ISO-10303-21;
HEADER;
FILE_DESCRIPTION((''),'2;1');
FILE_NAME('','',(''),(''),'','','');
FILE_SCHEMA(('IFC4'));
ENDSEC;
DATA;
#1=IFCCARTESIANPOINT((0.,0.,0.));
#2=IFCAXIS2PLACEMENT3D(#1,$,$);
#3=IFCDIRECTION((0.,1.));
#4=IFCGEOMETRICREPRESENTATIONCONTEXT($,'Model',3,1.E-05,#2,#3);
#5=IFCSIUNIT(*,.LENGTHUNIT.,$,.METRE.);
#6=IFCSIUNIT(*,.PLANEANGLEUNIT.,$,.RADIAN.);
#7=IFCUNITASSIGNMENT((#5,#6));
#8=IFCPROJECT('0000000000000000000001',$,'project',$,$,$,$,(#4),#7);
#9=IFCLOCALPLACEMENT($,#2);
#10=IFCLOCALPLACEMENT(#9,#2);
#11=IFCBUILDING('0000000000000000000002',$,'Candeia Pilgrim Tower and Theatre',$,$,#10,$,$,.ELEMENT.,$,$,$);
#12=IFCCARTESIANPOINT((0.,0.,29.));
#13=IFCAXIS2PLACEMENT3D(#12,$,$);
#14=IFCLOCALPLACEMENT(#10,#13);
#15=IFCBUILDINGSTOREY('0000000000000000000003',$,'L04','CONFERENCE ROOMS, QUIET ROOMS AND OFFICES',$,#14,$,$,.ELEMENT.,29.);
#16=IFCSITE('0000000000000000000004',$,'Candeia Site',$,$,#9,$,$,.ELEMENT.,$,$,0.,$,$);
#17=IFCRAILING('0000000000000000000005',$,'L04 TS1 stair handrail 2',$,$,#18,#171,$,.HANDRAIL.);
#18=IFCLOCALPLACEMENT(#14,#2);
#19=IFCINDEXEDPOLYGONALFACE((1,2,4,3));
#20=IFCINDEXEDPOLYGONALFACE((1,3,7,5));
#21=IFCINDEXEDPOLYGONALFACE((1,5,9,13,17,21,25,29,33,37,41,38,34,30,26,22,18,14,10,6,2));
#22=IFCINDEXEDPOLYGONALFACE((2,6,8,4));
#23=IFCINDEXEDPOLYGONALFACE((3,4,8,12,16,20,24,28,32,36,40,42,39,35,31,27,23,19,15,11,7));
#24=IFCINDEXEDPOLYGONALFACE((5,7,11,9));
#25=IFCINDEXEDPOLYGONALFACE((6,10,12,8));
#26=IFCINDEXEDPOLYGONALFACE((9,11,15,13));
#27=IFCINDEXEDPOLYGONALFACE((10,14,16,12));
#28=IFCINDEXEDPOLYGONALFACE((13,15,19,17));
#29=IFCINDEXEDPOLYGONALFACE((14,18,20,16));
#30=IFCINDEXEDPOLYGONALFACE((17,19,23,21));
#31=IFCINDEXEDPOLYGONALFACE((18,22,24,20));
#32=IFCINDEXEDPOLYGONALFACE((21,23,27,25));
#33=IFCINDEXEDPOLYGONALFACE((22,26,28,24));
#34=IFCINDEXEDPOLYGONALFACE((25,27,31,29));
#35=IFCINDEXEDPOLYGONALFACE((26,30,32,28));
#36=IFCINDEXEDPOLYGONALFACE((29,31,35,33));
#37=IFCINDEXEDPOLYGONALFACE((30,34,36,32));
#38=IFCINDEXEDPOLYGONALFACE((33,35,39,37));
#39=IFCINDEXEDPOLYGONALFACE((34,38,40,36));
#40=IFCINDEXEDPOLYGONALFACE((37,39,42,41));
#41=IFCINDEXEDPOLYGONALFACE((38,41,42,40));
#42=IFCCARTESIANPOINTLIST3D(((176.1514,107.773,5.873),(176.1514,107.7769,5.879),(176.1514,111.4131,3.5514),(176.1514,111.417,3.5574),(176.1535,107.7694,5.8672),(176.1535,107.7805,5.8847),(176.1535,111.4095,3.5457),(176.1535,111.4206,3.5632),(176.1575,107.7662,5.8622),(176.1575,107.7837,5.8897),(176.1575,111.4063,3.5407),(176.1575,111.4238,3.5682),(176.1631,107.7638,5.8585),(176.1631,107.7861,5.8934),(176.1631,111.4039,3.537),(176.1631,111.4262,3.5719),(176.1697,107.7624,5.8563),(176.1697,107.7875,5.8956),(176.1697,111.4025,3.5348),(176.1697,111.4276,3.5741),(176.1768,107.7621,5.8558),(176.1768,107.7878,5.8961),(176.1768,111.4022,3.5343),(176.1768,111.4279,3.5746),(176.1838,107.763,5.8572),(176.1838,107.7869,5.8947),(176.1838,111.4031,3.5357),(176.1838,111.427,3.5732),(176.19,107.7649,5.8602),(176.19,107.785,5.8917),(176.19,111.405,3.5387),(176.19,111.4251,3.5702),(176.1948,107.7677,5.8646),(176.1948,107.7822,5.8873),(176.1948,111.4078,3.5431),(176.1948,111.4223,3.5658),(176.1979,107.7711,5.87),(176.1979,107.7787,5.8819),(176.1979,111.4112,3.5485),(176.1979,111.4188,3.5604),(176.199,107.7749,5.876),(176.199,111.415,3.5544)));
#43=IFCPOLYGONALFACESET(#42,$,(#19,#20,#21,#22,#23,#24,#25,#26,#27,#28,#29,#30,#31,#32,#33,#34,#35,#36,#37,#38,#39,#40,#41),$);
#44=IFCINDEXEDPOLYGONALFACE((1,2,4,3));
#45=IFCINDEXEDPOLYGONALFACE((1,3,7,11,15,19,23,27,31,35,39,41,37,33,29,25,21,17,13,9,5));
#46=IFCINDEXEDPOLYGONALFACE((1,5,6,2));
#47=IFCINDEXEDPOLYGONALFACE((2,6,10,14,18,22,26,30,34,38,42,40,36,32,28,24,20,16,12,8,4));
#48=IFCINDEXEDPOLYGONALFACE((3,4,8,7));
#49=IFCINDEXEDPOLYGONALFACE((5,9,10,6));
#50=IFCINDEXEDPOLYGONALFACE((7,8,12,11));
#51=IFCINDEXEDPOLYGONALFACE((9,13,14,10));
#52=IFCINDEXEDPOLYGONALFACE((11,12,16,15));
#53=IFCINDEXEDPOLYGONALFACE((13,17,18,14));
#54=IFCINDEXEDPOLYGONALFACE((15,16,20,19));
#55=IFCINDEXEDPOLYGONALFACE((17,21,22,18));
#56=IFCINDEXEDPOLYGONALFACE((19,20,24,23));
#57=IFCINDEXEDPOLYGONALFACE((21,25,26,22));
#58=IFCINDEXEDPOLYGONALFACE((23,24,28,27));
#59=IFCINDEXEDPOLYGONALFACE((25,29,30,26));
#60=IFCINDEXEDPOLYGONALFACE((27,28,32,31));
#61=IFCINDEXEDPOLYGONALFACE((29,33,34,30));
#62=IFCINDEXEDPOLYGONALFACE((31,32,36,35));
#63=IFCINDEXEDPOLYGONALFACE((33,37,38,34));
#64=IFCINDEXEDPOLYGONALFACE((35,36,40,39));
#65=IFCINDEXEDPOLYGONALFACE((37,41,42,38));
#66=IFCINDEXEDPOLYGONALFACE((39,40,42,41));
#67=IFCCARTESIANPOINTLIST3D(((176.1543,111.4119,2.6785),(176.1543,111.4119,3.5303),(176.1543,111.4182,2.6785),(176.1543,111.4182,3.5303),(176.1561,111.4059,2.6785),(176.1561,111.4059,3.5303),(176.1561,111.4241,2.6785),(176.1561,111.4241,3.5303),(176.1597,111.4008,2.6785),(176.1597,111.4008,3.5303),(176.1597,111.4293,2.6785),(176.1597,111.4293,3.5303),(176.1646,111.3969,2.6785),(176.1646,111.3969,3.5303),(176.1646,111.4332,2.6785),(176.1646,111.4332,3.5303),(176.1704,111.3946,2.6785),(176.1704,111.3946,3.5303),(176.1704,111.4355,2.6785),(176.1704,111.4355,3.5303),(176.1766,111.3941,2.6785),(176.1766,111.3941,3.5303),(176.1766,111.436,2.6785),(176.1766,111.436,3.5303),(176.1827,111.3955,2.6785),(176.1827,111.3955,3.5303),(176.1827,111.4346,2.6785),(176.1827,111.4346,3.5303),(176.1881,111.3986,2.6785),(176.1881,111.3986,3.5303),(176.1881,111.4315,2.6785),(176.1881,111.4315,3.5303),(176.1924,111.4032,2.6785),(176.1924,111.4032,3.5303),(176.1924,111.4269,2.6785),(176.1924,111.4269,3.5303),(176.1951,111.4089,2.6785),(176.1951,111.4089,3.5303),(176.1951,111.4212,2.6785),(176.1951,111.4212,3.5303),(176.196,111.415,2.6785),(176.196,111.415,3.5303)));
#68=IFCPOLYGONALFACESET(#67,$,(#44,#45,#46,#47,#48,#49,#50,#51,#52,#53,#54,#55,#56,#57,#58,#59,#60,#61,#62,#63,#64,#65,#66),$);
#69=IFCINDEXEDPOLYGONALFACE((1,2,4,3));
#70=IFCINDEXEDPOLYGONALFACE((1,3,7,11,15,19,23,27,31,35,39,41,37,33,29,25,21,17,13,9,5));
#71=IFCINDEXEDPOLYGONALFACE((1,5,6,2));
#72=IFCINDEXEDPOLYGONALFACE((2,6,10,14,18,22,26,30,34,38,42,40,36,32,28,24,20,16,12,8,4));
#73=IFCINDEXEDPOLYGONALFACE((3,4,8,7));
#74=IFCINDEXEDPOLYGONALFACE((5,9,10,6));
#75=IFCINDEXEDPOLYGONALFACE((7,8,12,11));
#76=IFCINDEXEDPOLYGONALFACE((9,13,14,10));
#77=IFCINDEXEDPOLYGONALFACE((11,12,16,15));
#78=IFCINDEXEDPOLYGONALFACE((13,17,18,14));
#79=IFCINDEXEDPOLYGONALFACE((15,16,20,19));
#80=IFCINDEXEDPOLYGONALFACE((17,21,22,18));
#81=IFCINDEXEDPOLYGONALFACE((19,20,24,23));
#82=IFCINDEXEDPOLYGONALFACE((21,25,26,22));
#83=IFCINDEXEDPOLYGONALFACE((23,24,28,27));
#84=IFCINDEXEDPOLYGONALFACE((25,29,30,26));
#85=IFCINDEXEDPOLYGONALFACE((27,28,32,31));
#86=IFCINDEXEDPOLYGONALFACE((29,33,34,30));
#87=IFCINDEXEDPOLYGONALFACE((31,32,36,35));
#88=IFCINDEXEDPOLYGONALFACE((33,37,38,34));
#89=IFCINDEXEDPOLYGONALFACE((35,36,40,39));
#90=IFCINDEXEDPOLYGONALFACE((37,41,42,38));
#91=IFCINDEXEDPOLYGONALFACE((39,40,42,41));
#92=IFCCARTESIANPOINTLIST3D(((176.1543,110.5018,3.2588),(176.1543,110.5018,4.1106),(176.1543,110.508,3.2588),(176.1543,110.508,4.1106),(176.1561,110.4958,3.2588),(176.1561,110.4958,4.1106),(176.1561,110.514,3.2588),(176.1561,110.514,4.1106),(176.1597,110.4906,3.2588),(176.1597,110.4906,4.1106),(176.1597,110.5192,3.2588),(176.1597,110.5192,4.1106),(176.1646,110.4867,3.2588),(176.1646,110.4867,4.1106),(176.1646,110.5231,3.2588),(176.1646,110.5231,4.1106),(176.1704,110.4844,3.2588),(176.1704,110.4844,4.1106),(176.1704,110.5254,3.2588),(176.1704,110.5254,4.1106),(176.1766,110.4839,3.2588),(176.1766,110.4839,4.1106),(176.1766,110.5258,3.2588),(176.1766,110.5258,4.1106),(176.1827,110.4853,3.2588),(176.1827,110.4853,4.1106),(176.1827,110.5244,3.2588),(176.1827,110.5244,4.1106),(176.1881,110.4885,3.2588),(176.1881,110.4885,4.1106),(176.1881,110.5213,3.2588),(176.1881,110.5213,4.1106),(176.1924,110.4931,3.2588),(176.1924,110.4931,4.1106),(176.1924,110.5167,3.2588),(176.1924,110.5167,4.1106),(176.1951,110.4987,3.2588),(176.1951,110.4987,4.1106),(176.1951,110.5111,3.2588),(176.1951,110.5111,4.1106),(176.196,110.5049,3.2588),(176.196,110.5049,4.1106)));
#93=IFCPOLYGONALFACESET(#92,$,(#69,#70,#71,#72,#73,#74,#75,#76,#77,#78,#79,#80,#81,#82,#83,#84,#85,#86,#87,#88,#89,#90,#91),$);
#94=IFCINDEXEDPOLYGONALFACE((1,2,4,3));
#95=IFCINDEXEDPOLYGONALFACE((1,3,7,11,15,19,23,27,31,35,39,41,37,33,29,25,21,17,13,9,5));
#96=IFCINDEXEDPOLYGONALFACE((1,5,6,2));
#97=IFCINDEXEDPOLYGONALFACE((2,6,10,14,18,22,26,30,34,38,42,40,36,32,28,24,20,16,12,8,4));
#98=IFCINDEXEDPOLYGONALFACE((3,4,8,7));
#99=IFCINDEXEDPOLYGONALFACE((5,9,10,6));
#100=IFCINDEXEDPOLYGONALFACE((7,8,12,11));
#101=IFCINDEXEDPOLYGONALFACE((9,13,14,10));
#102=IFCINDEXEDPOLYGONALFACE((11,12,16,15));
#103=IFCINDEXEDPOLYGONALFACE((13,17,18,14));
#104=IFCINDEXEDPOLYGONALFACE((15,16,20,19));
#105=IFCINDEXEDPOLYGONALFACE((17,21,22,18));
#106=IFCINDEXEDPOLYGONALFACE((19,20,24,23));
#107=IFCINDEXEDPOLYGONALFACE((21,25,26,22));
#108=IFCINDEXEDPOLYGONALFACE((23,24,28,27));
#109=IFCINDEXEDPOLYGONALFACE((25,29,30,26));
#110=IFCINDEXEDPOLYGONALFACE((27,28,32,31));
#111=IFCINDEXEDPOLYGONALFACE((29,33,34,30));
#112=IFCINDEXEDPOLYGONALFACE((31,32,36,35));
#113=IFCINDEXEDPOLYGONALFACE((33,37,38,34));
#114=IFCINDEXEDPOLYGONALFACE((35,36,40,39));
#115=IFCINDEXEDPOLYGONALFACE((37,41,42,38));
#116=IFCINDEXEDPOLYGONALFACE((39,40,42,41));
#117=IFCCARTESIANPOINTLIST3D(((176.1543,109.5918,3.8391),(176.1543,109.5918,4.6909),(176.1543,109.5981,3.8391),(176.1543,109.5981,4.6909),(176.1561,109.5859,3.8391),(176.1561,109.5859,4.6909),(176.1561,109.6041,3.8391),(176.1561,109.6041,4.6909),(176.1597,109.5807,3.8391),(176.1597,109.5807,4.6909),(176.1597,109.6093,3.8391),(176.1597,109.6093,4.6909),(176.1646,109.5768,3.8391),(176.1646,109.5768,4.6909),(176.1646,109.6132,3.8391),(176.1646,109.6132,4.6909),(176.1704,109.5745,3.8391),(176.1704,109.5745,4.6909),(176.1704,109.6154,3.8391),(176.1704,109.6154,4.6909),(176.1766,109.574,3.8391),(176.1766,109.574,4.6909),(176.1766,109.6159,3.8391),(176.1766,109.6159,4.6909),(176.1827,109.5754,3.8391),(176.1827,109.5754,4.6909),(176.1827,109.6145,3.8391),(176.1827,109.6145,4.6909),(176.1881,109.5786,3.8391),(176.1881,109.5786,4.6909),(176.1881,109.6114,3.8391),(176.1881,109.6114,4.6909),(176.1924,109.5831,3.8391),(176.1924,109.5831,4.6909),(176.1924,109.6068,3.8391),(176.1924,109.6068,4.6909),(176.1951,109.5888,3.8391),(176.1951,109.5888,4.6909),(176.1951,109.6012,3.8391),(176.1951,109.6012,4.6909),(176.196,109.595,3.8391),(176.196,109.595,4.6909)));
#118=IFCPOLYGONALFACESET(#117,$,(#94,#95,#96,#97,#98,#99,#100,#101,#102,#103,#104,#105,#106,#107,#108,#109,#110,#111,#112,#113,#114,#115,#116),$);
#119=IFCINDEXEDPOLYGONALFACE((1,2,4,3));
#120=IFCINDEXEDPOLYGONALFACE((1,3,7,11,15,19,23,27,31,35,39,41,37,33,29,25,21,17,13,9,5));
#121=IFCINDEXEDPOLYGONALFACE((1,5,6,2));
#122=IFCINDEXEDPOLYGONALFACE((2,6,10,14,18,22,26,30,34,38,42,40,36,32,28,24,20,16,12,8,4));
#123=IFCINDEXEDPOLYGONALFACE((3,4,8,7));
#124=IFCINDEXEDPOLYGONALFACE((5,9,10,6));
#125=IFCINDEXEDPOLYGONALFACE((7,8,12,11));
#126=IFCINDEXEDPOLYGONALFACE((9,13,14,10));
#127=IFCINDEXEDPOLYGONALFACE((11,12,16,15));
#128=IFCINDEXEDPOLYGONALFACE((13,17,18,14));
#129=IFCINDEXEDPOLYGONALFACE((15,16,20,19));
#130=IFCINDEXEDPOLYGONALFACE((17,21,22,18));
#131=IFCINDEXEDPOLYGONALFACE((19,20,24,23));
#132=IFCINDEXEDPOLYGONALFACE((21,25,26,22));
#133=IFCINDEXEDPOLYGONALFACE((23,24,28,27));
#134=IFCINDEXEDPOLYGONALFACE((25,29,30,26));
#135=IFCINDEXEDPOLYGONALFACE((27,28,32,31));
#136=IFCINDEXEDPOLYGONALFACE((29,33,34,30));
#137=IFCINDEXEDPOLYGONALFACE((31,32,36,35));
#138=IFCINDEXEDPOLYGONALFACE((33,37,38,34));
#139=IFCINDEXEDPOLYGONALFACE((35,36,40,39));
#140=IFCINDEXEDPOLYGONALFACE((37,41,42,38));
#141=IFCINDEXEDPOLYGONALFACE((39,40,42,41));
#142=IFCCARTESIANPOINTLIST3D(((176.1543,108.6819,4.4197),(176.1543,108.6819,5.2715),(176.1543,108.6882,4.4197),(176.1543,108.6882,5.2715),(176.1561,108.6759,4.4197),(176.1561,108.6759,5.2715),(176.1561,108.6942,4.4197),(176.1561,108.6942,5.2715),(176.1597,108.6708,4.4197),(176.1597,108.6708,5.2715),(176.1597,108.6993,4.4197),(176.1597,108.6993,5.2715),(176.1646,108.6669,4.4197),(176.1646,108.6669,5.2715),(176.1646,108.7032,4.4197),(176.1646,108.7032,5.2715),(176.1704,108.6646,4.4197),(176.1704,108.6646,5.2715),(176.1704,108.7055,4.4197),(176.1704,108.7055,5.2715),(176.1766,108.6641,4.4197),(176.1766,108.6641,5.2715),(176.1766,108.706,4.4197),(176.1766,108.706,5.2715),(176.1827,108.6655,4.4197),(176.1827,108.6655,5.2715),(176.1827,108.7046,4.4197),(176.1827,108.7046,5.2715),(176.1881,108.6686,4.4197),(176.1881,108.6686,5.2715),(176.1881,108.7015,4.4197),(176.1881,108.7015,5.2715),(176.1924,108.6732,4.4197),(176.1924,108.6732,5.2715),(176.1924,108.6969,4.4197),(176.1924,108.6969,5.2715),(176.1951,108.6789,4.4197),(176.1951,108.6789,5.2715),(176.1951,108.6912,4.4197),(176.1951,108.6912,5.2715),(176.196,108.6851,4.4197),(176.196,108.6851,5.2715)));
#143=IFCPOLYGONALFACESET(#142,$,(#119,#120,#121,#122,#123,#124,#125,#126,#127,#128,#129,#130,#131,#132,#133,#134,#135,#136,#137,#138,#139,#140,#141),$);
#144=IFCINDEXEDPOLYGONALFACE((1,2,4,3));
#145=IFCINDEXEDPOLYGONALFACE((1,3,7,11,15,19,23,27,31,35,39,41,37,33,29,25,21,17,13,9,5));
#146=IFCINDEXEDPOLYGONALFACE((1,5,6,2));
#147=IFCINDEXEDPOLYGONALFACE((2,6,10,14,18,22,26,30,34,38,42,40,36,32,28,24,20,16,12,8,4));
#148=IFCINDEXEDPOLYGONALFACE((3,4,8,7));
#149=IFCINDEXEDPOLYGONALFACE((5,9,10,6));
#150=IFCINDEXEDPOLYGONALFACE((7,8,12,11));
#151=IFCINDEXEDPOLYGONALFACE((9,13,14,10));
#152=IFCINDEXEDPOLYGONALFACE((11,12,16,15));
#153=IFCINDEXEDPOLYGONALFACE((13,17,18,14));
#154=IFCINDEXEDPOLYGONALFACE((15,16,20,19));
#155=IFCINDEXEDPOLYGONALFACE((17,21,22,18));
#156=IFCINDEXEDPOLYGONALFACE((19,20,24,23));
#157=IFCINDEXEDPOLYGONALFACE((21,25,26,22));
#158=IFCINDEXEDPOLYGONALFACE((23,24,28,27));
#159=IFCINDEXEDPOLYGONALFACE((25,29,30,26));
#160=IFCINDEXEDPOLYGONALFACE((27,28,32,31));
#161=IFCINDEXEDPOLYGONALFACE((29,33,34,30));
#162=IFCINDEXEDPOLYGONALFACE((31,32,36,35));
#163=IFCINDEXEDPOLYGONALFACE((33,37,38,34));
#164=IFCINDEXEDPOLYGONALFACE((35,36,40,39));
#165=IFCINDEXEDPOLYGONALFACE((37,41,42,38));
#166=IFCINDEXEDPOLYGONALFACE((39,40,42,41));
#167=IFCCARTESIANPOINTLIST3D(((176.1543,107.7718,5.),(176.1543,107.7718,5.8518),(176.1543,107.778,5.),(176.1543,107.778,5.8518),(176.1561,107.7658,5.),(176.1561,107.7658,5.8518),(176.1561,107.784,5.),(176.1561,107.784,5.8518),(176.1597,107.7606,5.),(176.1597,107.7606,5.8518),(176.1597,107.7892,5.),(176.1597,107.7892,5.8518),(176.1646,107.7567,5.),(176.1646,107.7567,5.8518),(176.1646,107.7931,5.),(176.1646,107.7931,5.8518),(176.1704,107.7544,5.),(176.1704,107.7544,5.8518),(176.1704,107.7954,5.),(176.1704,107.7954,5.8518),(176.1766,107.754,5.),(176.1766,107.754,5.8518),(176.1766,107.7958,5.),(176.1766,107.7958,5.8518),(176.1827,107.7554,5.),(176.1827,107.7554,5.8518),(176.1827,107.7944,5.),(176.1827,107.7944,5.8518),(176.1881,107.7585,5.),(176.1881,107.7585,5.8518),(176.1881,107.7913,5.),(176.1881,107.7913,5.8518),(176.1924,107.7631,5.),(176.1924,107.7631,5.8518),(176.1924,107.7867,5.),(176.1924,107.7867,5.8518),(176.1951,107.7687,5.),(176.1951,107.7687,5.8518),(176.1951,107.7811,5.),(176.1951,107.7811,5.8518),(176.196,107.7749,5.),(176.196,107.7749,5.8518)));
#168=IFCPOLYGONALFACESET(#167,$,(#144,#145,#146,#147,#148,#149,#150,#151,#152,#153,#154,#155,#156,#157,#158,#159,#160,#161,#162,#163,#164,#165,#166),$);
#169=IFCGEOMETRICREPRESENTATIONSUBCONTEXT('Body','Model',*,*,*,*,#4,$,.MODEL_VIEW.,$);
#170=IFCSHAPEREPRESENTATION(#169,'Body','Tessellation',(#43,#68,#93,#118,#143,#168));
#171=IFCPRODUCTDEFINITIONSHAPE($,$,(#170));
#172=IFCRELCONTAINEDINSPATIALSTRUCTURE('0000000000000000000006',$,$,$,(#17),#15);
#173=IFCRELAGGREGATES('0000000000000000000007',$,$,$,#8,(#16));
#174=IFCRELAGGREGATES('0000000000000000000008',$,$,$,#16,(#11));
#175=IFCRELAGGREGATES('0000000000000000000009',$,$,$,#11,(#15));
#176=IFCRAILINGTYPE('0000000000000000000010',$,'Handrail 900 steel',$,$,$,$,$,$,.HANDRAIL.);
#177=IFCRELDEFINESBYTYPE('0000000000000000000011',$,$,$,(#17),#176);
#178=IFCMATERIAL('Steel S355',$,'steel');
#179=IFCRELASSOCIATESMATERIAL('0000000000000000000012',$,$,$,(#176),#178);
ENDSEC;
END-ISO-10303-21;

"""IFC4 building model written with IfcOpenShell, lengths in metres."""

from ifc_helpers import new_model, si_unit, direction, frame, origin, origin_2d, place, context, subcontext, project, spatial, circle, extrude, material, type_object, element, save


model = new_model("IFC4")

# Units and contexts
model_context = context("Model", 3, precision=1e-05, world=origin(), true_north=direction((0.0, 1.0)))
body_context = subcontext(model_context, "Body", "Model", "MODEL_VIEW")
ifc_project = project(units=[si_unit("LENGTHUNIT", "METRE"), si_unit("PLANEANGLEUNIT", "RADIAN")], contexts=[model_context])

# Site, building, storey
site_placement = place(None, origin())
site = spatial("IfcSite", under=ifc_project, at=site_placement, Name="Candeia Site", CompositionType="ELEMENT", RefElevation=0.0)
building_placement = place(site_placement, origin())
building = spatial("IfcBuilding", under=site, at=building_placement, Name="Candeia Pilgrim Tower and Theatre", CompositionType="ELEMENT")
storey_placement = place(building_placement, frame((0.0, 0.0, 29.0)))
storey = spatial("IfcBuildingStorey", under=building, at=storey_placement, Name="L04", Description="CONFERENCE ROOMS, QUIET ROOMS AND OFFICES", CompositionType="ELEMENT", Elevation=29.0)

# Railing
ifc_material_1 = material(Name="Steel S355", Category="steel")
railing_type_1 = type_object("IfcRailingType", Name="Handrail 900 steel", PredefinedType="HANDRAIL", material=ifc_material_1)
railing_1_placement = place(storey_placement, frame((176.175, 111.415, 2.6785)))
element("IfcRailing", 1, at=railing_1_placement, inside=storey, type_object=railing_type_1, Name="L04 TS1 stair handrail 2", PredefinedType="HANDRAIL", context=body_context, shape_type="SweptSolid", body=[
    extrude(circle(Radius=0.0239, at=origin_2d()), frame((0.0, 0.0, 0.876), z_axis=(0.0, -0.843128, 0.537713), x_axis=(1.0, 0.0, 0.0)), (0.0, 0.0, 1.0), 4.3174),
    extrude(circle(Radius=0.021, at=origin_2d()), origin(), (0.0, 0.0, 1.0), 0.8518),
    extrude(circle(Radius=0.021, at=origin_2d()), frame((0.0, -0.9102, 0.5803)), (0.0, 0.0, 1.0), 0.8518),
    extrude(circle(Radius=0.021, at=origin_2d()), frame((0.0, -1.8201, 1.1606)), (0.0, 0.0, 1.0), 0.8518),
    extrude(circle(Radius=0.021, at=origin_2d()), frame((0.0, -2.73, 1.7412)), (0.0, 0.0, 1.0), 0.8518),
    extrude(circle(Radius=0.021, at=origin_2d()), frame((0.0, -3.6401, 2.3215)), (0.0, 0.0, 1.0), 0.8518),
])

save(model, "model.ifc")
